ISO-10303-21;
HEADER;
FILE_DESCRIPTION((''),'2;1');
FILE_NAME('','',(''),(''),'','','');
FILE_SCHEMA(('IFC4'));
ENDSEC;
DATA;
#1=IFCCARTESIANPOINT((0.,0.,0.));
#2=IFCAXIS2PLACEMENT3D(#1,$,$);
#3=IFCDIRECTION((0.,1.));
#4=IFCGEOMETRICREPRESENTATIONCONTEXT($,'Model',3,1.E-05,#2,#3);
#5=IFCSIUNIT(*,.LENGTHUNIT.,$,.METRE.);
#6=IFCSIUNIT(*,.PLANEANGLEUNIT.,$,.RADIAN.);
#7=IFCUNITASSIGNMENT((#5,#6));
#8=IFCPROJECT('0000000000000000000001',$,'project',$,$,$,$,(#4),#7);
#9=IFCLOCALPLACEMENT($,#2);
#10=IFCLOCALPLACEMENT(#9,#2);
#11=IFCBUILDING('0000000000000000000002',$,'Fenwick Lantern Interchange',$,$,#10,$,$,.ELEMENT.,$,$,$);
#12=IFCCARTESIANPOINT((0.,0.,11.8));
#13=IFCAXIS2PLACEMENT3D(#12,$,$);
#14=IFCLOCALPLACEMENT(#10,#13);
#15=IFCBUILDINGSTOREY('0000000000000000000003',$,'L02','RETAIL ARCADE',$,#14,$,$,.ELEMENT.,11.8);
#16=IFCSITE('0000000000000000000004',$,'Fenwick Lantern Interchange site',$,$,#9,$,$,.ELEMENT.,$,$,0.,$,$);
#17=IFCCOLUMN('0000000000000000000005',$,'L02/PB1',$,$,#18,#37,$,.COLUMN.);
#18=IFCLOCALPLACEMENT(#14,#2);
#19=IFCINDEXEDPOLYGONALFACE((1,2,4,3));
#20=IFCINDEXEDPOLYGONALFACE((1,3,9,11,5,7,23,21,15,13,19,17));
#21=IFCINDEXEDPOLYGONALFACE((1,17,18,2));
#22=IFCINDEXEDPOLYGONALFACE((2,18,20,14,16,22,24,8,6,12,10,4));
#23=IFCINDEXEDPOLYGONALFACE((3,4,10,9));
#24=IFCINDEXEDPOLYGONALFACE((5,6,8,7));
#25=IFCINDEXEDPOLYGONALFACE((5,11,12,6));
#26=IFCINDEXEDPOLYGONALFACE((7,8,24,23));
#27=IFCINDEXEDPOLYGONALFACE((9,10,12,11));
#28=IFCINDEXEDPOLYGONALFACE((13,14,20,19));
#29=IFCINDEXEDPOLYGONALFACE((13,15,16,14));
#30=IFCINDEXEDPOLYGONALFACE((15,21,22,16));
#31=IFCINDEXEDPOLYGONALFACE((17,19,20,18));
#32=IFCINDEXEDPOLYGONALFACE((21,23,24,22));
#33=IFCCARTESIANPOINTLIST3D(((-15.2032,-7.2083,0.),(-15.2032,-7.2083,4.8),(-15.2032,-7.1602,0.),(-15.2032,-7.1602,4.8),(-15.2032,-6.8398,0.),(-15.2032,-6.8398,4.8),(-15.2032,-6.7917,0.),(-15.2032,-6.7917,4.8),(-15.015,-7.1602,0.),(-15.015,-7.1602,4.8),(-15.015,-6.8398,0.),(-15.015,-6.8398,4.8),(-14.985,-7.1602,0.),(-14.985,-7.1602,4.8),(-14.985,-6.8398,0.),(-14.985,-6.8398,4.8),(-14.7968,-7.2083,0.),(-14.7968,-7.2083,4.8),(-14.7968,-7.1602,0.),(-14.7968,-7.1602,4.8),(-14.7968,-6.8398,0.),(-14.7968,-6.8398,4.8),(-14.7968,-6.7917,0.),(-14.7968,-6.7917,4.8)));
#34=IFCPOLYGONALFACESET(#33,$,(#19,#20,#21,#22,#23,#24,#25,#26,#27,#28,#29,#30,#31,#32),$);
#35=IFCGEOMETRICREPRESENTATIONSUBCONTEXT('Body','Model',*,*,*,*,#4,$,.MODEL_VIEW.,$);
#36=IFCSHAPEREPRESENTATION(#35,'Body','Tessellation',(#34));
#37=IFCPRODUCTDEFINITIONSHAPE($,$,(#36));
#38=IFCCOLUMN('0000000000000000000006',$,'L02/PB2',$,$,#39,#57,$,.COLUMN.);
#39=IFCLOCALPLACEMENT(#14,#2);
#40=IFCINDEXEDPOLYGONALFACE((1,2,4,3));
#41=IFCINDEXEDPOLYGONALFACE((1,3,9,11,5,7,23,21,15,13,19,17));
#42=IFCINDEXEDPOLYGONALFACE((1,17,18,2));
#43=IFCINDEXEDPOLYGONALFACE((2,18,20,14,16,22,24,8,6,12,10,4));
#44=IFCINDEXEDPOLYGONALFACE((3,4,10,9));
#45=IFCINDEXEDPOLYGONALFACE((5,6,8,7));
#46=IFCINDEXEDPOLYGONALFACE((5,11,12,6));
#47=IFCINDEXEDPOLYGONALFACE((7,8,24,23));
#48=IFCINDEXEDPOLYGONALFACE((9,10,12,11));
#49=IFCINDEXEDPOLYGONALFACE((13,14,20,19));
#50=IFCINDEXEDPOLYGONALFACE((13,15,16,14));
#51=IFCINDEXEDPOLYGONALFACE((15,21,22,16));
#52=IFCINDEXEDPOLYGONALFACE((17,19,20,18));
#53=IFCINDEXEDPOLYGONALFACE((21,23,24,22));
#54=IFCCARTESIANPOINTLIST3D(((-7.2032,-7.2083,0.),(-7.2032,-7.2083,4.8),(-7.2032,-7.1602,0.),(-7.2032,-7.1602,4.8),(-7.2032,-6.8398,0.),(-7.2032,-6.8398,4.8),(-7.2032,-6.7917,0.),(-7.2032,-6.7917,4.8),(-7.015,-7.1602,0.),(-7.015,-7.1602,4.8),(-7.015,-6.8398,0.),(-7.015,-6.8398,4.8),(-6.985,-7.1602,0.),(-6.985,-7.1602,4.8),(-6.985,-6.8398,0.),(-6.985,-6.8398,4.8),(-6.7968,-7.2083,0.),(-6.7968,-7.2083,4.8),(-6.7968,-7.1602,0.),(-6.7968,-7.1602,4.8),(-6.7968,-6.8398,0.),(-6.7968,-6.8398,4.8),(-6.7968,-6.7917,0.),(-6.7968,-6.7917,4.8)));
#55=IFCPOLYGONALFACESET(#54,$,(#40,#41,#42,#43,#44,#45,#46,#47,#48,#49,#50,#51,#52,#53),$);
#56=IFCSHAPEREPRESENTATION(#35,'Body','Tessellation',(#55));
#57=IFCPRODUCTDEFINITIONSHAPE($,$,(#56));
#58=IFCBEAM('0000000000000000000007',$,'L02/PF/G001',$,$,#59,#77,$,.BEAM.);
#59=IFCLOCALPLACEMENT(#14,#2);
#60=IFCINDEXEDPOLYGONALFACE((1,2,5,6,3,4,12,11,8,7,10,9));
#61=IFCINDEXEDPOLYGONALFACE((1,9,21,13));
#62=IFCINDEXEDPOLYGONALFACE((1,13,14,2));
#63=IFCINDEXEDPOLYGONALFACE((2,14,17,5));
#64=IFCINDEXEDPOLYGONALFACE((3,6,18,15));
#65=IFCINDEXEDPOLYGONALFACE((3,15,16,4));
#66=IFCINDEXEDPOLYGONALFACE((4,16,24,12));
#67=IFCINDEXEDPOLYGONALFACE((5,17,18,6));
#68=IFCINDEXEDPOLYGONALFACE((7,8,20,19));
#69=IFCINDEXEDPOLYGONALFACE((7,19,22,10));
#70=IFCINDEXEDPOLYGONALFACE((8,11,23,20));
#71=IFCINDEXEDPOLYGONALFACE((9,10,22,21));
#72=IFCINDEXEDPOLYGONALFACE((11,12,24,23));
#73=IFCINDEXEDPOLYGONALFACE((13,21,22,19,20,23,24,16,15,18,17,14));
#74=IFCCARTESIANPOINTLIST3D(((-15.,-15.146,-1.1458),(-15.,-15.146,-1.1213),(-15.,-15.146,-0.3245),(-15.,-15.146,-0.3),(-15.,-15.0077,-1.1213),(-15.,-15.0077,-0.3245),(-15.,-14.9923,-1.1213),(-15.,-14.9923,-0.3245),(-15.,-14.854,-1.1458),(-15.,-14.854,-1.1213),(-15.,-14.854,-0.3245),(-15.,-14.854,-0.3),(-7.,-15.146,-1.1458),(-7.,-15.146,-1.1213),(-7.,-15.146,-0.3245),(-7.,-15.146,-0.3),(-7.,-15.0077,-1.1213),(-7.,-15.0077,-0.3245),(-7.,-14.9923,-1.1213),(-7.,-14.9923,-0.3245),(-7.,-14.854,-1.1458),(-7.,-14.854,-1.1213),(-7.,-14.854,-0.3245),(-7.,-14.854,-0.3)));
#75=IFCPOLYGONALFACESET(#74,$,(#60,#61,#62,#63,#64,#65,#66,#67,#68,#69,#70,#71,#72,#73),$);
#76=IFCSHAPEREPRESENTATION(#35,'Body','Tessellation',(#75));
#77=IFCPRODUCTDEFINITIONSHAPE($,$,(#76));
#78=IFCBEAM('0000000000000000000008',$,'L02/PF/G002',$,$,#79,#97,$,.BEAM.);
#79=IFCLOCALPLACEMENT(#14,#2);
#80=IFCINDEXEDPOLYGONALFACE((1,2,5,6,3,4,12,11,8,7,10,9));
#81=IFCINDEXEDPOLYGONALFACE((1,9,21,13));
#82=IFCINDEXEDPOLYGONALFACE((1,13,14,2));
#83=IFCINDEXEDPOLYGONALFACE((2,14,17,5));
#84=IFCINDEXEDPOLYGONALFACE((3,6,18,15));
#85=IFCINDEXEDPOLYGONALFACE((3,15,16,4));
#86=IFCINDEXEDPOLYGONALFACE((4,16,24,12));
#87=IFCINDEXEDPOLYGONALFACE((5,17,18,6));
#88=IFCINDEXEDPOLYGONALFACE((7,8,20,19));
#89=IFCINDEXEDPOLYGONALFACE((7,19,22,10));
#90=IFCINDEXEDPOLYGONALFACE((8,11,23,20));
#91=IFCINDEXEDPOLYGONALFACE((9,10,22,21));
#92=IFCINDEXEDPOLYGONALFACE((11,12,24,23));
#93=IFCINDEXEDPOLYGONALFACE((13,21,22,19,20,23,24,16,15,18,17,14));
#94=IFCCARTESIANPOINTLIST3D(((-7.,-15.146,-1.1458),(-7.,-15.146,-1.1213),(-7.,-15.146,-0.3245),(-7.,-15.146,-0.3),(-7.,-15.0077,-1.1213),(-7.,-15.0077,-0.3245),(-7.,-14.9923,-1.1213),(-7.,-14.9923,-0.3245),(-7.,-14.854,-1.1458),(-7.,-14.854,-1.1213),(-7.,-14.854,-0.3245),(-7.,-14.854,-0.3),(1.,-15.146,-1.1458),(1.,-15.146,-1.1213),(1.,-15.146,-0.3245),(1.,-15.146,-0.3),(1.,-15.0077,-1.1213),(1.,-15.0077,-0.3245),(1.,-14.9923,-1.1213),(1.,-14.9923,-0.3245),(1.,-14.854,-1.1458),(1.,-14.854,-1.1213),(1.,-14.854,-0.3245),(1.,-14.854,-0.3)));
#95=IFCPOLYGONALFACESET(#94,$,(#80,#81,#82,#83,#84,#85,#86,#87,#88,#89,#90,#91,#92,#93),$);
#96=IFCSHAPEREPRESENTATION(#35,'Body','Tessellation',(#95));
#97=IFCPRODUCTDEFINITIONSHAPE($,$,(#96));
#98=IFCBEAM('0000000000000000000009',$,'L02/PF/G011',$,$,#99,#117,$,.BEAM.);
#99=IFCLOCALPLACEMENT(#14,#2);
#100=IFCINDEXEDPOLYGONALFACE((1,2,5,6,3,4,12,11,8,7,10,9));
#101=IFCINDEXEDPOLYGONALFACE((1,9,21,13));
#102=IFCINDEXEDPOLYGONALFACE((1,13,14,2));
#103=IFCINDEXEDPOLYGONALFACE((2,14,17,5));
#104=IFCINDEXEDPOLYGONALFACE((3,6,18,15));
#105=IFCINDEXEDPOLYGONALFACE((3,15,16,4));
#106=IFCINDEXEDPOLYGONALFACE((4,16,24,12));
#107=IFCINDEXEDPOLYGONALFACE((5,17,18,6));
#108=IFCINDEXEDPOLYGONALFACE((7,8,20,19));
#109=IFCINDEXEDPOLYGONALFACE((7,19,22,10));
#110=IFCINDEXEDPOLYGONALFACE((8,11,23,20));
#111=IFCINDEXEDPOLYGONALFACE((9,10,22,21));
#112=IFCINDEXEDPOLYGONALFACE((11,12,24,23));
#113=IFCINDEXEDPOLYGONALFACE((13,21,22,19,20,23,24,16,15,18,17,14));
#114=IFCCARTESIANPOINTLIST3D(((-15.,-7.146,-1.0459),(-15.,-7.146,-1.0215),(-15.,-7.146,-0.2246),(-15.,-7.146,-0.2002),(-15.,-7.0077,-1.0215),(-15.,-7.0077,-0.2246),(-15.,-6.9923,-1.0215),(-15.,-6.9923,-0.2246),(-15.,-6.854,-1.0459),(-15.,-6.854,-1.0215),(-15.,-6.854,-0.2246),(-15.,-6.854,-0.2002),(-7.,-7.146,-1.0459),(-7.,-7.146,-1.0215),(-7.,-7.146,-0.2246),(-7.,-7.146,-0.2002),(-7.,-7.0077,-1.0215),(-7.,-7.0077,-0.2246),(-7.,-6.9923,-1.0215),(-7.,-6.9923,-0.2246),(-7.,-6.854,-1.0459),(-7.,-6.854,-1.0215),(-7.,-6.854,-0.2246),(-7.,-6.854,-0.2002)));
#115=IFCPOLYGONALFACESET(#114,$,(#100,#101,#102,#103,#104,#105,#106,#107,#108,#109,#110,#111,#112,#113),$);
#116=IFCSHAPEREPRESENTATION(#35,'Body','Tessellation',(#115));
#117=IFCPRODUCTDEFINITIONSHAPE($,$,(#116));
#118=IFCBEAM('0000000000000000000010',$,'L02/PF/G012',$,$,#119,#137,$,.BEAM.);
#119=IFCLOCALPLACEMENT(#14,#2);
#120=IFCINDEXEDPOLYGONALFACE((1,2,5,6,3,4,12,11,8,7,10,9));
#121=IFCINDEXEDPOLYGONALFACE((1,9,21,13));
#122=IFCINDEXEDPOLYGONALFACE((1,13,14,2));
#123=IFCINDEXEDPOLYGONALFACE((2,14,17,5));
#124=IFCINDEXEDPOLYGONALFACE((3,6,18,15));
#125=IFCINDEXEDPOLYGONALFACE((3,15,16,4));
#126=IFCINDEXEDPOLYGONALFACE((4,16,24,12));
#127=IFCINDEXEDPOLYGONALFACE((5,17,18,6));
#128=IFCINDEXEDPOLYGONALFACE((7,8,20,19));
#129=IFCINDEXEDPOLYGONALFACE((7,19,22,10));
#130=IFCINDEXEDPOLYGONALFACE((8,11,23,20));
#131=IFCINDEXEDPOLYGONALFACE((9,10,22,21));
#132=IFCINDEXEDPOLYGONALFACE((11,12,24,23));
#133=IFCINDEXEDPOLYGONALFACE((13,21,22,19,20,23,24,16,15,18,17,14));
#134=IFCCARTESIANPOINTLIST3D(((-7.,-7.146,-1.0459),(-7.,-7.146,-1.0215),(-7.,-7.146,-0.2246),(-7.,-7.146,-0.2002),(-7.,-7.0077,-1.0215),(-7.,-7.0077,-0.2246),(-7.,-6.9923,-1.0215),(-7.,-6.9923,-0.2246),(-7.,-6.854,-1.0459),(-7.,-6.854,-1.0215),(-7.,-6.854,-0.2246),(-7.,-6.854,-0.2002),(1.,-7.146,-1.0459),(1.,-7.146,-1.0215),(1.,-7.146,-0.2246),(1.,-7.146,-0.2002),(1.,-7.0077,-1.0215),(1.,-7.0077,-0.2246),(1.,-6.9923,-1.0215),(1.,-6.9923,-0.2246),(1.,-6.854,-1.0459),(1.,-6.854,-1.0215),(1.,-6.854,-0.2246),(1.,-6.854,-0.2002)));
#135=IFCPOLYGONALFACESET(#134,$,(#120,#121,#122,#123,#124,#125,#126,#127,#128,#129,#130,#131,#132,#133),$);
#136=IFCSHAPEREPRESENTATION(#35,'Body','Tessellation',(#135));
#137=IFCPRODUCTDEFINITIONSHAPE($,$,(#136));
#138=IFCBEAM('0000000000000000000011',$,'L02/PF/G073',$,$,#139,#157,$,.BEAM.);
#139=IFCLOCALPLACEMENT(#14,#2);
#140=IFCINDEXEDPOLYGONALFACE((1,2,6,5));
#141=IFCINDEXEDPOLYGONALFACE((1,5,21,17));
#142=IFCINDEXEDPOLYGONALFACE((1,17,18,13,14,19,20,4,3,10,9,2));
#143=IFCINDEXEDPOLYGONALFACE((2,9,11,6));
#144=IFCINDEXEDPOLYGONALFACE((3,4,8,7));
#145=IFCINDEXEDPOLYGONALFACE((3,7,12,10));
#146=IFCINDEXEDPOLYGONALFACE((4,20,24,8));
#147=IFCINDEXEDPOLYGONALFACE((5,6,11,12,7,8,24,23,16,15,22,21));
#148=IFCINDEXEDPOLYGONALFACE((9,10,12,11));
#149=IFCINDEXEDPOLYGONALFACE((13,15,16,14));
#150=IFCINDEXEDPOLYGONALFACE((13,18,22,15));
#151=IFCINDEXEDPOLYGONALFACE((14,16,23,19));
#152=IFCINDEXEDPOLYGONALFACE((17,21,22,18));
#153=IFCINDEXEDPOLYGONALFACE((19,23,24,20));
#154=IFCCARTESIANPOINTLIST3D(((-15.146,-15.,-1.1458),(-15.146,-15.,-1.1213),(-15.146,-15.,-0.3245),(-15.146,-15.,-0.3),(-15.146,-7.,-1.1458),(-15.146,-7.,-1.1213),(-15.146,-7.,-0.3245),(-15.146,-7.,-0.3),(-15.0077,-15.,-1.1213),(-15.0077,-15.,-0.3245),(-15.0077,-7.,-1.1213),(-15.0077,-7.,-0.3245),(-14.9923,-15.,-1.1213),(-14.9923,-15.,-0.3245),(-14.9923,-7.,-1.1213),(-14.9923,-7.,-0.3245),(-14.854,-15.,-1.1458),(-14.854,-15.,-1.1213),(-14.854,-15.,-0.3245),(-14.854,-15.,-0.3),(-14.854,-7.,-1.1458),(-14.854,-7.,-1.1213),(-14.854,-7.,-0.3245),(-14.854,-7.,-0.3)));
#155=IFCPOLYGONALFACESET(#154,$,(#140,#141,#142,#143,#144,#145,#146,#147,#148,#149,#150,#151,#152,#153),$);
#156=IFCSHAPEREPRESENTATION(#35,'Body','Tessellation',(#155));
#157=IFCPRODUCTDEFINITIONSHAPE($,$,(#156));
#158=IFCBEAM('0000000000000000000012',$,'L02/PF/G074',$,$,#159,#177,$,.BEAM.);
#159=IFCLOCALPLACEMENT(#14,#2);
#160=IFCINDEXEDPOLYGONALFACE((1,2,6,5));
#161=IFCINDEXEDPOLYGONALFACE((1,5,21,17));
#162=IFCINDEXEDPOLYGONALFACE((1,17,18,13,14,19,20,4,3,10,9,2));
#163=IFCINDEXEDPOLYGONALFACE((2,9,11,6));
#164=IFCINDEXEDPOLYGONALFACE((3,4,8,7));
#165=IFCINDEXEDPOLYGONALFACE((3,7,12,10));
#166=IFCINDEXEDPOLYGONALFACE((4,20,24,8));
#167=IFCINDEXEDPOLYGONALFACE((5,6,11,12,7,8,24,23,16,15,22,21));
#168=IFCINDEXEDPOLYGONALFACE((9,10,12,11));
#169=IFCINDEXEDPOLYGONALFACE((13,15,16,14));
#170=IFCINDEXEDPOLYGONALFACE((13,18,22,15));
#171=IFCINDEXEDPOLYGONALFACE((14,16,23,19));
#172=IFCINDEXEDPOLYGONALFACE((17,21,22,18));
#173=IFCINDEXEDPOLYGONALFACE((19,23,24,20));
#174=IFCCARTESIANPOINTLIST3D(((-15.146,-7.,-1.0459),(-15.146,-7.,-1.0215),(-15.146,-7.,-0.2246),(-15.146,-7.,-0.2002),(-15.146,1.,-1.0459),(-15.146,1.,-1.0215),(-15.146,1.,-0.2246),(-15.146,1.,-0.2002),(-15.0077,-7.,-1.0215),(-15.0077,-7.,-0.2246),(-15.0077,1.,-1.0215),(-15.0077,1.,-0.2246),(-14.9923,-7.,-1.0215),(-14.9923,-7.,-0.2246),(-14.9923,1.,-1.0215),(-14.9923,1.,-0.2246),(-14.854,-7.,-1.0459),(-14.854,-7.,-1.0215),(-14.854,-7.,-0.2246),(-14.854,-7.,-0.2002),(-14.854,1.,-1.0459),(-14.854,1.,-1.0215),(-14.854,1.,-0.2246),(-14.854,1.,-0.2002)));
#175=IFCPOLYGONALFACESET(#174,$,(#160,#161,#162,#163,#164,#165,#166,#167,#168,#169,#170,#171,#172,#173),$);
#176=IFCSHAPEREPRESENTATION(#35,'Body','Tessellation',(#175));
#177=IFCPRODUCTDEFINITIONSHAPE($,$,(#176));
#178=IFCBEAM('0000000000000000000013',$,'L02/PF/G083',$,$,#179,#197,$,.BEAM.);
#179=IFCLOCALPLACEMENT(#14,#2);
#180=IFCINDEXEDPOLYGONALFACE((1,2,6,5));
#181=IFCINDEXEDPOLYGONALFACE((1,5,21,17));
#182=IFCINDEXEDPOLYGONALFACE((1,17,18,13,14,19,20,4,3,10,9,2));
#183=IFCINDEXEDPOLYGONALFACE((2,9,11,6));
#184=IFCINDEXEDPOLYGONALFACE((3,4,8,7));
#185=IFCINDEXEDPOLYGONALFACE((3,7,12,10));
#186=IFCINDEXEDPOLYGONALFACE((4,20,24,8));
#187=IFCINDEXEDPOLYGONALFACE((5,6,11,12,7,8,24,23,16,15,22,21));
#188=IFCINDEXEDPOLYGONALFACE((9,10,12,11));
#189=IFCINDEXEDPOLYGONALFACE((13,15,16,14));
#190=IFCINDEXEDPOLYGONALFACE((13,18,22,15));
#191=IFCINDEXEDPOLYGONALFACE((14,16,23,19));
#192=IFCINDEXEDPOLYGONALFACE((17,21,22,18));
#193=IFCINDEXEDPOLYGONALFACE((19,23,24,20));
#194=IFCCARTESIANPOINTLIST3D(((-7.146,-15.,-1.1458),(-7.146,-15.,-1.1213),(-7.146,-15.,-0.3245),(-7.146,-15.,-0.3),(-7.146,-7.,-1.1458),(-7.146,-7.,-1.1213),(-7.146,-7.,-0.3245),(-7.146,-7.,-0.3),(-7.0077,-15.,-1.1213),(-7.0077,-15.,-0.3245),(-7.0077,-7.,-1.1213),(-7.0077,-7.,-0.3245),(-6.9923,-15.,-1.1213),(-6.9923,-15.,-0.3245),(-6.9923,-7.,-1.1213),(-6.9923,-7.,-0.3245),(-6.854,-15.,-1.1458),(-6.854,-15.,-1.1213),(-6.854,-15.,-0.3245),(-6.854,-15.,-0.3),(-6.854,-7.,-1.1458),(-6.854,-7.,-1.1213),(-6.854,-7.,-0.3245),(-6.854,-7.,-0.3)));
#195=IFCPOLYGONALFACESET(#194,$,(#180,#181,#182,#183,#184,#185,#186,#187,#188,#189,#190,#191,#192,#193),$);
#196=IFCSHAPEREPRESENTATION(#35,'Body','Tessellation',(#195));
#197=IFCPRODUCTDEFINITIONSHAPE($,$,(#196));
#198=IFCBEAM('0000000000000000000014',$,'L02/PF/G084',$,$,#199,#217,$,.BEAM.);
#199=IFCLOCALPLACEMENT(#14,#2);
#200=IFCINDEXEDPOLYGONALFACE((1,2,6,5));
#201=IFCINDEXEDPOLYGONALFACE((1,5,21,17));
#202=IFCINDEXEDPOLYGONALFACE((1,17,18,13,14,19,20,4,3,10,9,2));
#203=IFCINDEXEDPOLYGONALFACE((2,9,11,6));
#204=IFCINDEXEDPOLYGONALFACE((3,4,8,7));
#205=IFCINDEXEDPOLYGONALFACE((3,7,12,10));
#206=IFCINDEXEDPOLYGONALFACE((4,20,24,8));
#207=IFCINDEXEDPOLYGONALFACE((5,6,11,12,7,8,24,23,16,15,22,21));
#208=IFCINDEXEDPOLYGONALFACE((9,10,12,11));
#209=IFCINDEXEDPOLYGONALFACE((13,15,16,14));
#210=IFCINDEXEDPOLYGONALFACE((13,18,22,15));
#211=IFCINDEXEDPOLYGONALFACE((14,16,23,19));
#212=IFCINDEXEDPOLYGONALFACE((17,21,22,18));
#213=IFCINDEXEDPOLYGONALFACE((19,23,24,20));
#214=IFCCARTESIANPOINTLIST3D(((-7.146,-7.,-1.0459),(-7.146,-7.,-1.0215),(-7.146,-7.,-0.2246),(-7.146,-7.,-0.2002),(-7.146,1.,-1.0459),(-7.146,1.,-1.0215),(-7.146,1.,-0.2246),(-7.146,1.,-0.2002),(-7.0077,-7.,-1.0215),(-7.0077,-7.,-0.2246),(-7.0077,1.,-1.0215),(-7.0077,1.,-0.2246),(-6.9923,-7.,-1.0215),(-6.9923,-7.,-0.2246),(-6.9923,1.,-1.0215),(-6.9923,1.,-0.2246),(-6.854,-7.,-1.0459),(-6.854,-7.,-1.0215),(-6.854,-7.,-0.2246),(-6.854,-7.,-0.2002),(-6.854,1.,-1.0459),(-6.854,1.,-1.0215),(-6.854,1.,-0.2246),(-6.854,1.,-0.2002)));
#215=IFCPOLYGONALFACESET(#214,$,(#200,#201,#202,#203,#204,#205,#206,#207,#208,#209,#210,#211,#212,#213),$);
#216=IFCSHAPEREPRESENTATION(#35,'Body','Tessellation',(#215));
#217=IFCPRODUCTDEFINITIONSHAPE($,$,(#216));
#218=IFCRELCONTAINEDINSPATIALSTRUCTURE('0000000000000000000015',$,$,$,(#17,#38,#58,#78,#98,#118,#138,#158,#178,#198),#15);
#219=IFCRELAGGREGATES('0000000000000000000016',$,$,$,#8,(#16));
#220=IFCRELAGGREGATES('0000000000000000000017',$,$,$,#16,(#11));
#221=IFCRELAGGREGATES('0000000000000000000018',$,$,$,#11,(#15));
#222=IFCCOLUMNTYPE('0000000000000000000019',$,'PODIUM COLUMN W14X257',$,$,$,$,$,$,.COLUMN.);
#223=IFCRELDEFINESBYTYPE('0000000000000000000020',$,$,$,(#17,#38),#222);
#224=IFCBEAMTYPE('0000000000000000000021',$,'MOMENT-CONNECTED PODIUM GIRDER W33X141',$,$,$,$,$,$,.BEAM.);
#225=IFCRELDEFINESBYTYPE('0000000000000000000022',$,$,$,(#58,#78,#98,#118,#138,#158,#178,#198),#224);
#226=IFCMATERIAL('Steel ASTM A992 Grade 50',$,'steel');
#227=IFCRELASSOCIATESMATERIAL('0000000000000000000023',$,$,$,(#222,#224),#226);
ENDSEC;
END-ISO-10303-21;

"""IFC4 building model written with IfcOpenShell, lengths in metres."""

from ifc_helpers import new_model, si_unit, direction, frame, origin, origin_2d, place, context, subcontext, project, spatial, i_section, extrude, material, material_profile, profile_set, type_object, element, save


model = new_model("IFC4")

# Units and contexts
model_context = context("Model", 3, precision=1e-05, world=origin(), true_north=direction((0.0, 1.0)))
body_context = subcontext(model_context, "Body", "Model", "MODEL_VIEW")
ifc_project = project(units=[si_unit("LENGTHUNIT", "METRE"), si_unit("PLANEANGLEUNIT", "RADIAN")], contexts=[model_context])

# Site, building, storey
site_placement = place(None, origin())
site = spatial("IfcSite", under=ifc_project, at=site_placement, Name="Fenwick Lantern Interchange site", CompositionType="ELEMENT", RefElevation=0.0)
building_placement = place(site_placement, origin())
building = spatial("IfcBuilding", under=site, at=building_placement, Name="Fenwick Lantern Interchange", CompositionType="ELEMENT")
storey_placement = place(building_placement, frame((0.0, 0.0, 11.8)))
storey = spatial("IfcBuildingStorey", under=building, at=storey_placement, Name="L02", Description="RETAIL ARCADE", CompositionType="ELEMENT", Elevation=11.8)

# Columns
ifc_material_1 = material(Name="Steel ASTM A992 Grade 50", Category="steel")
ifc_material_profile_1 = material_profile(ifc_material_1, i_section(OverallWidth=0.4065, OverallDepth=0.4165, WebThickness=0.03, FlangeThickness=0.0481, at=origin_2d()), Name="W14X257")
ifc_profile_set_1 = profile_set([ifc_material_profile_1], Name="Steel ASTM A992 Grade 50")
column_type = type_object("IfcColumnType", Name="PODIUM COLUMN W14X257", PredefinedType="COLUMN", material=ifc_profile_set_1)
for number, where, z_axis, x_axis, name in (
    (1, (-15.0, -7.0, 0.0), (0.0, 0.0, 1.0), (1.0, 0.0, 0.0), "L02/PB1"),
    (2, (-7.0, -7.0, 0.0), (0.0, 0.0, 1.0), (1.0, 0.0, 0.0), "L02/PB2"),
):
    element("IfcColumn", number, at=place(storey_placement, frame(where, z_axis=z_axis, x_axis=x_axis)), inside=storey, type_object=column_type, Name=name, PredefinedType="COLUMN", context=body_context, shape_type="SweptSolid", body=[
        extrude(i_section(OverallWidth=0.4065, OverallDepth=0.4165, WebThickness=0.03, FlangeThickness=0.0481, at=origin_2d()), origin(), (0.0, 0.0, 1.0), 4.8),
    ])

# Beams
ifc_material_profile_2 = material_profile(ifc_material_1, i_section(OverallWidth=0.292, OverallDepth=0.8457, WebThickness=0.0154, FlangeThickness=0.0244, at=origin_2d()), Name="W33X141")
ifc_profile_set_2 = profile_set([ifc_material_profile_2], Name="Steel ASTM A992 Grade 50")
beam_type_1 = type_object("IfcBeamType", Name="MOMENT-CONNECTED PODIUM GIRDER W33X141", PredefinedType="BEAM", material=ifc_profile_set_2)
for number, where, z_axis, x_axis, name in (
    (3, (-15.0, -15.0, -0.7229), (1.0, 0.0, 0.0), (0.0, 1.0, 0.0), "L02/PF/G001"),
    (4, (-7.0, -15.0, -0.7229), (1.0, 0.0, 0.0), (0.0, 1.0, 0.0), "L02/PF/G002"),
    (5, (-15.0, -7.0, -0.623), (1.0, 0.0, 0.0), (0.0, 1.0, 0.0), "L02/PF/G011"),
    (6, (-7.0, -7.0, -0.623), (1.0, 0.0, 0.0), (0.0, 1.0, 0.0), "L02/PF/G012"),
    (7, (-15.0, -15.0, -0.7229), (0.0, 1.0, 0.0), (-1.0, 0.0, 0.0), "L02/PF/G073"),
    (8, (-15.0, -7.0, -0.623), (0.0, 1.0, 0.0), (-1.0, 0.0, 0.0), "L02/PF/G074"),
    (9, (-7.0, -15.0, -0.7229), (0.0, 1.0, 0.0), (-1.0, 0.0, 0.0), "L02/PF/G083"),
    (10, (-7.0, -7.0, -0.623), (0.0, 1.0, 0.0), (-1.0, 0.0, 0.0), "L02/PF/G084"),
):
    element("IfcBeam", number, at=place(storey_placement, frame(where, z_axis=z_axis, x_axis=x_axis)), inside=storey, type_object=beam_type_1, Name=name, PredefinedType="BEAM", context=body_context, shape_type="SweptSolid", body=[
        extrude(i_section(OverallWidth=0.292, OverallDepth=0.8457, WebThickness=0.0154, FlangeThickness=0.0244, at=origin_2d()), origin(), (0.0, 0.0, 1.0), 8.0),
    ])

save(model, "model.ifc")
